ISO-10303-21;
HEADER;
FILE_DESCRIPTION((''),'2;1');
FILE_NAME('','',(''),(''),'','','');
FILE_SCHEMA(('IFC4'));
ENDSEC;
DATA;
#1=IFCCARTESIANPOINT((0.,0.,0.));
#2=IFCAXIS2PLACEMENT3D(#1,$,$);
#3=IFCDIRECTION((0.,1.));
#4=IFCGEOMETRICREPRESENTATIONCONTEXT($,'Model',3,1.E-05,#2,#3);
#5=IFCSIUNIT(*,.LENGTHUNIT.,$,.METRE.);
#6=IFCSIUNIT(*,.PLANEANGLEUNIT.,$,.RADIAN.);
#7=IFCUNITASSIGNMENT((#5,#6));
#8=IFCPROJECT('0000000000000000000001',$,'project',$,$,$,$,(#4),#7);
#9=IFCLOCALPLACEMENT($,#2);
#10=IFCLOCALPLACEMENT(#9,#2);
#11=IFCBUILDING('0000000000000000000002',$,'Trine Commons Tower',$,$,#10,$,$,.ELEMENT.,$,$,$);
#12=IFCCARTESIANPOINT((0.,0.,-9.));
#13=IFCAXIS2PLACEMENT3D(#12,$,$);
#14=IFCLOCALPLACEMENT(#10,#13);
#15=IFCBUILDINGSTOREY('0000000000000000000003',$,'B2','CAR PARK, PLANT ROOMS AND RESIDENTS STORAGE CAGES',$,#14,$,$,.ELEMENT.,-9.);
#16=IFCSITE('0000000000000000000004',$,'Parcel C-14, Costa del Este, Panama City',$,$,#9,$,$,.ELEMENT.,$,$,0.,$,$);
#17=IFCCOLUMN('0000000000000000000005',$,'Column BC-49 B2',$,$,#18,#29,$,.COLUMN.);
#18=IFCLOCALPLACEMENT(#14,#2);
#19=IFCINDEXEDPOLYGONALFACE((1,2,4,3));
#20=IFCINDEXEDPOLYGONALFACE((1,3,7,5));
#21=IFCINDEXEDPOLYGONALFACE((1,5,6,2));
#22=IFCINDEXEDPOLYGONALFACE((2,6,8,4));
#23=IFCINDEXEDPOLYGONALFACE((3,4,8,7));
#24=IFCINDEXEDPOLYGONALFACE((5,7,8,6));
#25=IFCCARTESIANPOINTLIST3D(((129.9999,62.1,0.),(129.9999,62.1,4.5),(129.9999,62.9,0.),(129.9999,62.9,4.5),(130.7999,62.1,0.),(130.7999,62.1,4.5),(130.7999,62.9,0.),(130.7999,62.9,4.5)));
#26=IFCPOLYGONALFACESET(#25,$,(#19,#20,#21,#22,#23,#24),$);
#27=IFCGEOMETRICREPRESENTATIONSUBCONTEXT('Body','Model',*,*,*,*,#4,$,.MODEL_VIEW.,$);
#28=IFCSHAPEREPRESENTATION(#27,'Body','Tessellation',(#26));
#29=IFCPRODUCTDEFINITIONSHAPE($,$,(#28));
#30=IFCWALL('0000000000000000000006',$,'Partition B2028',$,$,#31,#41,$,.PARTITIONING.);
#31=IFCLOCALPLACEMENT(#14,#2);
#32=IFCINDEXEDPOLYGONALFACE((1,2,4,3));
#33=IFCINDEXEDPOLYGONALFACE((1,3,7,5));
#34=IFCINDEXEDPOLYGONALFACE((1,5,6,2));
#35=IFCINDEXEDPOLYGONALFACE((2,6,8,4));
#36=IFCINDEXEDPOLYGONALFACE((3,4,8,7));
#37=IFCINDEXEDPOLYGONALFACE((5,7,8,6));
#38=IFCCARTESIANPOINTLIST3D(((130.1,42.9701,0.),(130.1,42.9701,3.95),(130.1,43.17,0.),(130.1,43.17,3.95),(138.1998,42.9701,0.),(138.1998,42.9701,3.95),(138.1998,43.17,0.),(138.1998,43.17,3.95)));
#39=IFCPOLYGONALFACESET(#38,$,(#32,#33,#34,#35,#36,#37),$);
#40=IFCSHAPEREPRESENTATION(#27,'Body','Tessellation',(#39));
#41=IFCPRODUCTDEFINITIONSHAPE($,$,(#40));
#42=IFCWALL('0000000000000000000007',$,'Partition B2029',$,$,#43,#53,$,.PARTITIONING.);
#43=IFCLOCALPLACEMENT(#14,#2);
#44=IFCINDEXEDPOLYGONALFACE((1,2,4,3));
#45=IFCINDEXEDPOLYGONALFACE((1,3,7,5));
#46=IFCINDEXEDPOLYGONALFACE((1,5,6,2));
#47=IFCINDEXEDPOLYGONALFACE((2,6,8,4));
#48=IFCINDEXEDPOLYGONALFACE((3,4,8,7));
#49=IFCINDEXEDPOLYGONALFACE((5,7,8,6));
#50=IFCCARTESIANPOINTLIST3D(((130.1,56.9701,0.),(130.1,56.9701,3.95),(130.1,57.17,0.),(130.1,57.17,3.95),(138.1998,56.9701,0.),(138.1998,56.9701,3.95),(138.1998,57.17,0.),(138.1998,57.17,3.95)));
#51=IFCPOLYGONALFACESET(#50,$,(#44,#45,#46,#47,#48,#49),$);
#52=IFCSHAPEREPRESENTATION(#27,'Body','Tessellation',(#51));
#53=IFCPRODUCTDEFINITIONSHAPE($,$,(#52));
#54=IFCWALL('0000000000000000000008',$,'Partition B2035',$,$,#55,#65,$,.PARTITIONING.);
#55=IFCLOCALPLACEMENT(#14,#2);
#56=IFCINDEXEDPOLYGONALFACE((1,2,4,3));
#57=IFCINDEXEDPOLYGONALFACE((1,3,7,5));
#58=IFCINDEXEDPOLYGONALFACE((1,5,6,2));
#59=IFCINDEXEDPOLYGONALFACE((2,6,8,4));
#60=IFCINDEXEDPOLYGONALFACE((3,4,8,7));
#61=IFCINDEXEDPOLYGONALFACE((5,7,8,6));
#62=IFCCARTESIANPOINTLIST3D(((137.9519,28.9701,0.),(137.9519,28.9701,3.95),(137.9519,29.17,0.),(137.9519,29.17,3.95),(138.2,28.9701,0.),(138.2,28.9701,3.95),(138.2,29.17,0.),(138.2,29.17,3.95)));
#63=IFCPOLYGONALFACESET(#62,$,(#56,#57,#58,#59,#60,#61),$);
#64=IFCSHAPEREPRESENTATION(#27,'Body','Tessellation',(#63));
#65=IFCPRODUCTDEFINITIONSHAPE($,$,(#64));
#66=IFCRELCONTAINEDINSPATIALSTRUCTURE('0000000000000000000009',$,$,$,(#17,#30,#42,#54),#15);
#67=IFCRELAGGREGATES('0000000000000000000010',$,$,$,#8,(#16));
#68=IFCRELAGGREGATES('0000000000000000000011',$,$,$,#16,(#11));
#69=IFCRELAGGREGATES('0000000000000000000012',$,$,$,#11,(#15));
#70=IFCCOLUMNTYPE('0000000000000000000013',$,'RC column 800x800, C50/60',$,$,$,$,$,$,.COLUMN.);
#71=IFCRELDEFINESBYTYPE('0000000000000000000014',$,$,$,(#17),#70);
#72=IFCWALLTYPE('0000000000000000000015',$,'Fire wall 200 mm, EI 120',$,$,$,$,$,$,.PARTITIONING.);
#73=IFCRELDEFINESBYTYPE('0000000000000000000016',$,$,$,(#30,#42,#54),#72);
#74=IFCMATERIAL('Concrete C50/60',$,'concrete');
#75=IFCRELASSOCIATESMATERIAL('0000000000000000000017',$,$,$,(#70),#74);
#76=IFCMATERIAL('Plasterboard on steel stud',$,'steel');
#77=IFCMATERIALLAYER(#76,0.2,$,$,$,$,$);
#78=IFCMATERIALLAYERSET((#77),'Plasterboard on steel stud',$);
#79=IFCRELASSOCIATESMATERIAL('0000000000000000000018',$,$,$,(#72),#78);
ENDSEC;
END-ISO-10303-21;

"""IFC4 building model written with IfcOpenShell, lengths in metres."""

from ifc_helpers import new_model, si_unit, direction, frame, frame_2d, origin, origin_2d, place, context, subcontext, project, spatial, rectangle, extrude, material, layer, layer_set, material_profile, profile_set, type_object, element, save


model = new_model("IFC4")

# Units and contexts
model_context = context("Model", 3, precision=1e-05, world=origin(), true_north=direction((0.0, 1.0)))
body_context = subcontext(model_context, "Body", "Model", "MODEL_VIEW")
ifc_project = project(units=[si_unit("LENGTHUNIT", "METRE"), si_unit("PLANEANGLEUNIT", "RADIAN")], contexts=[model_context])

# Site, building, storey
site_placement = place(None, origin())
site = spatial("IfcSite", under=ifc_project, at=site_placement, Name="Parcel C-14, Costa del Este, Panama City", CompositionType="ELEMENT", RefElevation=0.0)
building_placement = place(site_placement, origin())
building = spatial("IfcBuilding", under=site, at=building_placement, Name="Trine Commons Tower", CompositionType="ELEMENT")
storey_placement = place(building_placement, frame((0.0, 0.0, -9.0)))
storey = spatial("IfcBuildingStorey", under=building, at=storey_placement, Name="B2", Description="CAR PARK, PLANT ROOMS AND RESIDENTS STORAGE CAGES", CompositionType="ELEMENT", Elevation=-9.0)

# Column
ifc_material_1 = material(Name="Concrete C50/60", Category="concrete")
ifc_material_profile = material_profile(ifc_material_1, rectangle(XDim=0.8, YDim=0.8, at=origin_2d()), Name="RC 800x800")
ifc_profile_set = profile_set([ifc_material_profile], Name="Concrete C50/60")
column_type = type_object("IfcColumnType", Name="RC column 800x800, C50/60", PredefinedType="COLUMN", material=ifc_profile_set)
for number, where, z_axis, x_axis, name in (
    (1, (130.3999, 62.5, 0.0), (0.0, 0.0, 1.0), (1.0, 0.0, 0.0), "Column BC-49 B2"),
):
    element("IfcColumn", number, at=place(storey_placement, frame(where, z_axis=z_axis, x_axis=x_axis)), inside=storey, type_object=column_type, Name=name, PredefinedType="COLUMN", context=body_context, shape_type="SweptSolid", body=[
        extrude(rectangle(XDim=0.8, YDim=0.8, at=origin_2d()), origin(), (0.0, 0.0, 1.0), 4.5),
    ])

# Walls
ifc_material_2 = material(Name="Plasterboard on steel stud", Category="steel")
ifc_layer = layer(ifc_material_2, 0.2)
ifc_layer_set = layer_set([ifc_layer], Name="Plasterboard on steel stud")
wall_type = type_object("IfcWallType", Name="Fire wall 200 mm, EI 120", PredefinedType="PARTITIONING", material=ifc_layer_set)
for number, where, z_axis, x_axis, name in (
    (2, (130.1001, 43.0701, 0.0), (0.0, 0.0, 1.0), (1.0, 0.0, 0.0), "Partition B2028"),
    (3, (130.1001, 57.0701, 0.0), (0.0, 0.0, 1.0), (1.0, 0.0, 0.0), "Partition B2029"),
):
    element("IfcWall", number, at=place(storey_placement, frame(where, z_axis=z_axis, x_axis=x_axis)), inside=storey, type_object=wall_type, Name=name, PredefinedType="PARTITIONING", context=body_context, shape_type="SweptSolid", body=[
        extrude(rectangle(XDim=8.0999, YDim=0.2, at=frame_2d((4.0498, 0.0))), origin(), (0.0, 0.0, 1.0), 3.95),
    ])
wall_placement = place(storey_placement, frame((137.9519, 29.0701, 0.0), z_axis=(0.0, 0.0, 1.0), x_axis=(1.0, 0.0, 0.0)))
element("IfcWall", 4, at=wall_placement, inside=storey, type_object=wall_type, Name="Partition B2035", PredefinedType="PARTITIONING", context=body_context, shape_type="SweptSolid", body=[
    extrude(rectangle(XDim=0.248, YDim=0.2, at=frame_2d((0.124, 0.0))), origin(), (0.0, 0.0, 1.0), 3.95),
])

save(model, "model.ifc")
